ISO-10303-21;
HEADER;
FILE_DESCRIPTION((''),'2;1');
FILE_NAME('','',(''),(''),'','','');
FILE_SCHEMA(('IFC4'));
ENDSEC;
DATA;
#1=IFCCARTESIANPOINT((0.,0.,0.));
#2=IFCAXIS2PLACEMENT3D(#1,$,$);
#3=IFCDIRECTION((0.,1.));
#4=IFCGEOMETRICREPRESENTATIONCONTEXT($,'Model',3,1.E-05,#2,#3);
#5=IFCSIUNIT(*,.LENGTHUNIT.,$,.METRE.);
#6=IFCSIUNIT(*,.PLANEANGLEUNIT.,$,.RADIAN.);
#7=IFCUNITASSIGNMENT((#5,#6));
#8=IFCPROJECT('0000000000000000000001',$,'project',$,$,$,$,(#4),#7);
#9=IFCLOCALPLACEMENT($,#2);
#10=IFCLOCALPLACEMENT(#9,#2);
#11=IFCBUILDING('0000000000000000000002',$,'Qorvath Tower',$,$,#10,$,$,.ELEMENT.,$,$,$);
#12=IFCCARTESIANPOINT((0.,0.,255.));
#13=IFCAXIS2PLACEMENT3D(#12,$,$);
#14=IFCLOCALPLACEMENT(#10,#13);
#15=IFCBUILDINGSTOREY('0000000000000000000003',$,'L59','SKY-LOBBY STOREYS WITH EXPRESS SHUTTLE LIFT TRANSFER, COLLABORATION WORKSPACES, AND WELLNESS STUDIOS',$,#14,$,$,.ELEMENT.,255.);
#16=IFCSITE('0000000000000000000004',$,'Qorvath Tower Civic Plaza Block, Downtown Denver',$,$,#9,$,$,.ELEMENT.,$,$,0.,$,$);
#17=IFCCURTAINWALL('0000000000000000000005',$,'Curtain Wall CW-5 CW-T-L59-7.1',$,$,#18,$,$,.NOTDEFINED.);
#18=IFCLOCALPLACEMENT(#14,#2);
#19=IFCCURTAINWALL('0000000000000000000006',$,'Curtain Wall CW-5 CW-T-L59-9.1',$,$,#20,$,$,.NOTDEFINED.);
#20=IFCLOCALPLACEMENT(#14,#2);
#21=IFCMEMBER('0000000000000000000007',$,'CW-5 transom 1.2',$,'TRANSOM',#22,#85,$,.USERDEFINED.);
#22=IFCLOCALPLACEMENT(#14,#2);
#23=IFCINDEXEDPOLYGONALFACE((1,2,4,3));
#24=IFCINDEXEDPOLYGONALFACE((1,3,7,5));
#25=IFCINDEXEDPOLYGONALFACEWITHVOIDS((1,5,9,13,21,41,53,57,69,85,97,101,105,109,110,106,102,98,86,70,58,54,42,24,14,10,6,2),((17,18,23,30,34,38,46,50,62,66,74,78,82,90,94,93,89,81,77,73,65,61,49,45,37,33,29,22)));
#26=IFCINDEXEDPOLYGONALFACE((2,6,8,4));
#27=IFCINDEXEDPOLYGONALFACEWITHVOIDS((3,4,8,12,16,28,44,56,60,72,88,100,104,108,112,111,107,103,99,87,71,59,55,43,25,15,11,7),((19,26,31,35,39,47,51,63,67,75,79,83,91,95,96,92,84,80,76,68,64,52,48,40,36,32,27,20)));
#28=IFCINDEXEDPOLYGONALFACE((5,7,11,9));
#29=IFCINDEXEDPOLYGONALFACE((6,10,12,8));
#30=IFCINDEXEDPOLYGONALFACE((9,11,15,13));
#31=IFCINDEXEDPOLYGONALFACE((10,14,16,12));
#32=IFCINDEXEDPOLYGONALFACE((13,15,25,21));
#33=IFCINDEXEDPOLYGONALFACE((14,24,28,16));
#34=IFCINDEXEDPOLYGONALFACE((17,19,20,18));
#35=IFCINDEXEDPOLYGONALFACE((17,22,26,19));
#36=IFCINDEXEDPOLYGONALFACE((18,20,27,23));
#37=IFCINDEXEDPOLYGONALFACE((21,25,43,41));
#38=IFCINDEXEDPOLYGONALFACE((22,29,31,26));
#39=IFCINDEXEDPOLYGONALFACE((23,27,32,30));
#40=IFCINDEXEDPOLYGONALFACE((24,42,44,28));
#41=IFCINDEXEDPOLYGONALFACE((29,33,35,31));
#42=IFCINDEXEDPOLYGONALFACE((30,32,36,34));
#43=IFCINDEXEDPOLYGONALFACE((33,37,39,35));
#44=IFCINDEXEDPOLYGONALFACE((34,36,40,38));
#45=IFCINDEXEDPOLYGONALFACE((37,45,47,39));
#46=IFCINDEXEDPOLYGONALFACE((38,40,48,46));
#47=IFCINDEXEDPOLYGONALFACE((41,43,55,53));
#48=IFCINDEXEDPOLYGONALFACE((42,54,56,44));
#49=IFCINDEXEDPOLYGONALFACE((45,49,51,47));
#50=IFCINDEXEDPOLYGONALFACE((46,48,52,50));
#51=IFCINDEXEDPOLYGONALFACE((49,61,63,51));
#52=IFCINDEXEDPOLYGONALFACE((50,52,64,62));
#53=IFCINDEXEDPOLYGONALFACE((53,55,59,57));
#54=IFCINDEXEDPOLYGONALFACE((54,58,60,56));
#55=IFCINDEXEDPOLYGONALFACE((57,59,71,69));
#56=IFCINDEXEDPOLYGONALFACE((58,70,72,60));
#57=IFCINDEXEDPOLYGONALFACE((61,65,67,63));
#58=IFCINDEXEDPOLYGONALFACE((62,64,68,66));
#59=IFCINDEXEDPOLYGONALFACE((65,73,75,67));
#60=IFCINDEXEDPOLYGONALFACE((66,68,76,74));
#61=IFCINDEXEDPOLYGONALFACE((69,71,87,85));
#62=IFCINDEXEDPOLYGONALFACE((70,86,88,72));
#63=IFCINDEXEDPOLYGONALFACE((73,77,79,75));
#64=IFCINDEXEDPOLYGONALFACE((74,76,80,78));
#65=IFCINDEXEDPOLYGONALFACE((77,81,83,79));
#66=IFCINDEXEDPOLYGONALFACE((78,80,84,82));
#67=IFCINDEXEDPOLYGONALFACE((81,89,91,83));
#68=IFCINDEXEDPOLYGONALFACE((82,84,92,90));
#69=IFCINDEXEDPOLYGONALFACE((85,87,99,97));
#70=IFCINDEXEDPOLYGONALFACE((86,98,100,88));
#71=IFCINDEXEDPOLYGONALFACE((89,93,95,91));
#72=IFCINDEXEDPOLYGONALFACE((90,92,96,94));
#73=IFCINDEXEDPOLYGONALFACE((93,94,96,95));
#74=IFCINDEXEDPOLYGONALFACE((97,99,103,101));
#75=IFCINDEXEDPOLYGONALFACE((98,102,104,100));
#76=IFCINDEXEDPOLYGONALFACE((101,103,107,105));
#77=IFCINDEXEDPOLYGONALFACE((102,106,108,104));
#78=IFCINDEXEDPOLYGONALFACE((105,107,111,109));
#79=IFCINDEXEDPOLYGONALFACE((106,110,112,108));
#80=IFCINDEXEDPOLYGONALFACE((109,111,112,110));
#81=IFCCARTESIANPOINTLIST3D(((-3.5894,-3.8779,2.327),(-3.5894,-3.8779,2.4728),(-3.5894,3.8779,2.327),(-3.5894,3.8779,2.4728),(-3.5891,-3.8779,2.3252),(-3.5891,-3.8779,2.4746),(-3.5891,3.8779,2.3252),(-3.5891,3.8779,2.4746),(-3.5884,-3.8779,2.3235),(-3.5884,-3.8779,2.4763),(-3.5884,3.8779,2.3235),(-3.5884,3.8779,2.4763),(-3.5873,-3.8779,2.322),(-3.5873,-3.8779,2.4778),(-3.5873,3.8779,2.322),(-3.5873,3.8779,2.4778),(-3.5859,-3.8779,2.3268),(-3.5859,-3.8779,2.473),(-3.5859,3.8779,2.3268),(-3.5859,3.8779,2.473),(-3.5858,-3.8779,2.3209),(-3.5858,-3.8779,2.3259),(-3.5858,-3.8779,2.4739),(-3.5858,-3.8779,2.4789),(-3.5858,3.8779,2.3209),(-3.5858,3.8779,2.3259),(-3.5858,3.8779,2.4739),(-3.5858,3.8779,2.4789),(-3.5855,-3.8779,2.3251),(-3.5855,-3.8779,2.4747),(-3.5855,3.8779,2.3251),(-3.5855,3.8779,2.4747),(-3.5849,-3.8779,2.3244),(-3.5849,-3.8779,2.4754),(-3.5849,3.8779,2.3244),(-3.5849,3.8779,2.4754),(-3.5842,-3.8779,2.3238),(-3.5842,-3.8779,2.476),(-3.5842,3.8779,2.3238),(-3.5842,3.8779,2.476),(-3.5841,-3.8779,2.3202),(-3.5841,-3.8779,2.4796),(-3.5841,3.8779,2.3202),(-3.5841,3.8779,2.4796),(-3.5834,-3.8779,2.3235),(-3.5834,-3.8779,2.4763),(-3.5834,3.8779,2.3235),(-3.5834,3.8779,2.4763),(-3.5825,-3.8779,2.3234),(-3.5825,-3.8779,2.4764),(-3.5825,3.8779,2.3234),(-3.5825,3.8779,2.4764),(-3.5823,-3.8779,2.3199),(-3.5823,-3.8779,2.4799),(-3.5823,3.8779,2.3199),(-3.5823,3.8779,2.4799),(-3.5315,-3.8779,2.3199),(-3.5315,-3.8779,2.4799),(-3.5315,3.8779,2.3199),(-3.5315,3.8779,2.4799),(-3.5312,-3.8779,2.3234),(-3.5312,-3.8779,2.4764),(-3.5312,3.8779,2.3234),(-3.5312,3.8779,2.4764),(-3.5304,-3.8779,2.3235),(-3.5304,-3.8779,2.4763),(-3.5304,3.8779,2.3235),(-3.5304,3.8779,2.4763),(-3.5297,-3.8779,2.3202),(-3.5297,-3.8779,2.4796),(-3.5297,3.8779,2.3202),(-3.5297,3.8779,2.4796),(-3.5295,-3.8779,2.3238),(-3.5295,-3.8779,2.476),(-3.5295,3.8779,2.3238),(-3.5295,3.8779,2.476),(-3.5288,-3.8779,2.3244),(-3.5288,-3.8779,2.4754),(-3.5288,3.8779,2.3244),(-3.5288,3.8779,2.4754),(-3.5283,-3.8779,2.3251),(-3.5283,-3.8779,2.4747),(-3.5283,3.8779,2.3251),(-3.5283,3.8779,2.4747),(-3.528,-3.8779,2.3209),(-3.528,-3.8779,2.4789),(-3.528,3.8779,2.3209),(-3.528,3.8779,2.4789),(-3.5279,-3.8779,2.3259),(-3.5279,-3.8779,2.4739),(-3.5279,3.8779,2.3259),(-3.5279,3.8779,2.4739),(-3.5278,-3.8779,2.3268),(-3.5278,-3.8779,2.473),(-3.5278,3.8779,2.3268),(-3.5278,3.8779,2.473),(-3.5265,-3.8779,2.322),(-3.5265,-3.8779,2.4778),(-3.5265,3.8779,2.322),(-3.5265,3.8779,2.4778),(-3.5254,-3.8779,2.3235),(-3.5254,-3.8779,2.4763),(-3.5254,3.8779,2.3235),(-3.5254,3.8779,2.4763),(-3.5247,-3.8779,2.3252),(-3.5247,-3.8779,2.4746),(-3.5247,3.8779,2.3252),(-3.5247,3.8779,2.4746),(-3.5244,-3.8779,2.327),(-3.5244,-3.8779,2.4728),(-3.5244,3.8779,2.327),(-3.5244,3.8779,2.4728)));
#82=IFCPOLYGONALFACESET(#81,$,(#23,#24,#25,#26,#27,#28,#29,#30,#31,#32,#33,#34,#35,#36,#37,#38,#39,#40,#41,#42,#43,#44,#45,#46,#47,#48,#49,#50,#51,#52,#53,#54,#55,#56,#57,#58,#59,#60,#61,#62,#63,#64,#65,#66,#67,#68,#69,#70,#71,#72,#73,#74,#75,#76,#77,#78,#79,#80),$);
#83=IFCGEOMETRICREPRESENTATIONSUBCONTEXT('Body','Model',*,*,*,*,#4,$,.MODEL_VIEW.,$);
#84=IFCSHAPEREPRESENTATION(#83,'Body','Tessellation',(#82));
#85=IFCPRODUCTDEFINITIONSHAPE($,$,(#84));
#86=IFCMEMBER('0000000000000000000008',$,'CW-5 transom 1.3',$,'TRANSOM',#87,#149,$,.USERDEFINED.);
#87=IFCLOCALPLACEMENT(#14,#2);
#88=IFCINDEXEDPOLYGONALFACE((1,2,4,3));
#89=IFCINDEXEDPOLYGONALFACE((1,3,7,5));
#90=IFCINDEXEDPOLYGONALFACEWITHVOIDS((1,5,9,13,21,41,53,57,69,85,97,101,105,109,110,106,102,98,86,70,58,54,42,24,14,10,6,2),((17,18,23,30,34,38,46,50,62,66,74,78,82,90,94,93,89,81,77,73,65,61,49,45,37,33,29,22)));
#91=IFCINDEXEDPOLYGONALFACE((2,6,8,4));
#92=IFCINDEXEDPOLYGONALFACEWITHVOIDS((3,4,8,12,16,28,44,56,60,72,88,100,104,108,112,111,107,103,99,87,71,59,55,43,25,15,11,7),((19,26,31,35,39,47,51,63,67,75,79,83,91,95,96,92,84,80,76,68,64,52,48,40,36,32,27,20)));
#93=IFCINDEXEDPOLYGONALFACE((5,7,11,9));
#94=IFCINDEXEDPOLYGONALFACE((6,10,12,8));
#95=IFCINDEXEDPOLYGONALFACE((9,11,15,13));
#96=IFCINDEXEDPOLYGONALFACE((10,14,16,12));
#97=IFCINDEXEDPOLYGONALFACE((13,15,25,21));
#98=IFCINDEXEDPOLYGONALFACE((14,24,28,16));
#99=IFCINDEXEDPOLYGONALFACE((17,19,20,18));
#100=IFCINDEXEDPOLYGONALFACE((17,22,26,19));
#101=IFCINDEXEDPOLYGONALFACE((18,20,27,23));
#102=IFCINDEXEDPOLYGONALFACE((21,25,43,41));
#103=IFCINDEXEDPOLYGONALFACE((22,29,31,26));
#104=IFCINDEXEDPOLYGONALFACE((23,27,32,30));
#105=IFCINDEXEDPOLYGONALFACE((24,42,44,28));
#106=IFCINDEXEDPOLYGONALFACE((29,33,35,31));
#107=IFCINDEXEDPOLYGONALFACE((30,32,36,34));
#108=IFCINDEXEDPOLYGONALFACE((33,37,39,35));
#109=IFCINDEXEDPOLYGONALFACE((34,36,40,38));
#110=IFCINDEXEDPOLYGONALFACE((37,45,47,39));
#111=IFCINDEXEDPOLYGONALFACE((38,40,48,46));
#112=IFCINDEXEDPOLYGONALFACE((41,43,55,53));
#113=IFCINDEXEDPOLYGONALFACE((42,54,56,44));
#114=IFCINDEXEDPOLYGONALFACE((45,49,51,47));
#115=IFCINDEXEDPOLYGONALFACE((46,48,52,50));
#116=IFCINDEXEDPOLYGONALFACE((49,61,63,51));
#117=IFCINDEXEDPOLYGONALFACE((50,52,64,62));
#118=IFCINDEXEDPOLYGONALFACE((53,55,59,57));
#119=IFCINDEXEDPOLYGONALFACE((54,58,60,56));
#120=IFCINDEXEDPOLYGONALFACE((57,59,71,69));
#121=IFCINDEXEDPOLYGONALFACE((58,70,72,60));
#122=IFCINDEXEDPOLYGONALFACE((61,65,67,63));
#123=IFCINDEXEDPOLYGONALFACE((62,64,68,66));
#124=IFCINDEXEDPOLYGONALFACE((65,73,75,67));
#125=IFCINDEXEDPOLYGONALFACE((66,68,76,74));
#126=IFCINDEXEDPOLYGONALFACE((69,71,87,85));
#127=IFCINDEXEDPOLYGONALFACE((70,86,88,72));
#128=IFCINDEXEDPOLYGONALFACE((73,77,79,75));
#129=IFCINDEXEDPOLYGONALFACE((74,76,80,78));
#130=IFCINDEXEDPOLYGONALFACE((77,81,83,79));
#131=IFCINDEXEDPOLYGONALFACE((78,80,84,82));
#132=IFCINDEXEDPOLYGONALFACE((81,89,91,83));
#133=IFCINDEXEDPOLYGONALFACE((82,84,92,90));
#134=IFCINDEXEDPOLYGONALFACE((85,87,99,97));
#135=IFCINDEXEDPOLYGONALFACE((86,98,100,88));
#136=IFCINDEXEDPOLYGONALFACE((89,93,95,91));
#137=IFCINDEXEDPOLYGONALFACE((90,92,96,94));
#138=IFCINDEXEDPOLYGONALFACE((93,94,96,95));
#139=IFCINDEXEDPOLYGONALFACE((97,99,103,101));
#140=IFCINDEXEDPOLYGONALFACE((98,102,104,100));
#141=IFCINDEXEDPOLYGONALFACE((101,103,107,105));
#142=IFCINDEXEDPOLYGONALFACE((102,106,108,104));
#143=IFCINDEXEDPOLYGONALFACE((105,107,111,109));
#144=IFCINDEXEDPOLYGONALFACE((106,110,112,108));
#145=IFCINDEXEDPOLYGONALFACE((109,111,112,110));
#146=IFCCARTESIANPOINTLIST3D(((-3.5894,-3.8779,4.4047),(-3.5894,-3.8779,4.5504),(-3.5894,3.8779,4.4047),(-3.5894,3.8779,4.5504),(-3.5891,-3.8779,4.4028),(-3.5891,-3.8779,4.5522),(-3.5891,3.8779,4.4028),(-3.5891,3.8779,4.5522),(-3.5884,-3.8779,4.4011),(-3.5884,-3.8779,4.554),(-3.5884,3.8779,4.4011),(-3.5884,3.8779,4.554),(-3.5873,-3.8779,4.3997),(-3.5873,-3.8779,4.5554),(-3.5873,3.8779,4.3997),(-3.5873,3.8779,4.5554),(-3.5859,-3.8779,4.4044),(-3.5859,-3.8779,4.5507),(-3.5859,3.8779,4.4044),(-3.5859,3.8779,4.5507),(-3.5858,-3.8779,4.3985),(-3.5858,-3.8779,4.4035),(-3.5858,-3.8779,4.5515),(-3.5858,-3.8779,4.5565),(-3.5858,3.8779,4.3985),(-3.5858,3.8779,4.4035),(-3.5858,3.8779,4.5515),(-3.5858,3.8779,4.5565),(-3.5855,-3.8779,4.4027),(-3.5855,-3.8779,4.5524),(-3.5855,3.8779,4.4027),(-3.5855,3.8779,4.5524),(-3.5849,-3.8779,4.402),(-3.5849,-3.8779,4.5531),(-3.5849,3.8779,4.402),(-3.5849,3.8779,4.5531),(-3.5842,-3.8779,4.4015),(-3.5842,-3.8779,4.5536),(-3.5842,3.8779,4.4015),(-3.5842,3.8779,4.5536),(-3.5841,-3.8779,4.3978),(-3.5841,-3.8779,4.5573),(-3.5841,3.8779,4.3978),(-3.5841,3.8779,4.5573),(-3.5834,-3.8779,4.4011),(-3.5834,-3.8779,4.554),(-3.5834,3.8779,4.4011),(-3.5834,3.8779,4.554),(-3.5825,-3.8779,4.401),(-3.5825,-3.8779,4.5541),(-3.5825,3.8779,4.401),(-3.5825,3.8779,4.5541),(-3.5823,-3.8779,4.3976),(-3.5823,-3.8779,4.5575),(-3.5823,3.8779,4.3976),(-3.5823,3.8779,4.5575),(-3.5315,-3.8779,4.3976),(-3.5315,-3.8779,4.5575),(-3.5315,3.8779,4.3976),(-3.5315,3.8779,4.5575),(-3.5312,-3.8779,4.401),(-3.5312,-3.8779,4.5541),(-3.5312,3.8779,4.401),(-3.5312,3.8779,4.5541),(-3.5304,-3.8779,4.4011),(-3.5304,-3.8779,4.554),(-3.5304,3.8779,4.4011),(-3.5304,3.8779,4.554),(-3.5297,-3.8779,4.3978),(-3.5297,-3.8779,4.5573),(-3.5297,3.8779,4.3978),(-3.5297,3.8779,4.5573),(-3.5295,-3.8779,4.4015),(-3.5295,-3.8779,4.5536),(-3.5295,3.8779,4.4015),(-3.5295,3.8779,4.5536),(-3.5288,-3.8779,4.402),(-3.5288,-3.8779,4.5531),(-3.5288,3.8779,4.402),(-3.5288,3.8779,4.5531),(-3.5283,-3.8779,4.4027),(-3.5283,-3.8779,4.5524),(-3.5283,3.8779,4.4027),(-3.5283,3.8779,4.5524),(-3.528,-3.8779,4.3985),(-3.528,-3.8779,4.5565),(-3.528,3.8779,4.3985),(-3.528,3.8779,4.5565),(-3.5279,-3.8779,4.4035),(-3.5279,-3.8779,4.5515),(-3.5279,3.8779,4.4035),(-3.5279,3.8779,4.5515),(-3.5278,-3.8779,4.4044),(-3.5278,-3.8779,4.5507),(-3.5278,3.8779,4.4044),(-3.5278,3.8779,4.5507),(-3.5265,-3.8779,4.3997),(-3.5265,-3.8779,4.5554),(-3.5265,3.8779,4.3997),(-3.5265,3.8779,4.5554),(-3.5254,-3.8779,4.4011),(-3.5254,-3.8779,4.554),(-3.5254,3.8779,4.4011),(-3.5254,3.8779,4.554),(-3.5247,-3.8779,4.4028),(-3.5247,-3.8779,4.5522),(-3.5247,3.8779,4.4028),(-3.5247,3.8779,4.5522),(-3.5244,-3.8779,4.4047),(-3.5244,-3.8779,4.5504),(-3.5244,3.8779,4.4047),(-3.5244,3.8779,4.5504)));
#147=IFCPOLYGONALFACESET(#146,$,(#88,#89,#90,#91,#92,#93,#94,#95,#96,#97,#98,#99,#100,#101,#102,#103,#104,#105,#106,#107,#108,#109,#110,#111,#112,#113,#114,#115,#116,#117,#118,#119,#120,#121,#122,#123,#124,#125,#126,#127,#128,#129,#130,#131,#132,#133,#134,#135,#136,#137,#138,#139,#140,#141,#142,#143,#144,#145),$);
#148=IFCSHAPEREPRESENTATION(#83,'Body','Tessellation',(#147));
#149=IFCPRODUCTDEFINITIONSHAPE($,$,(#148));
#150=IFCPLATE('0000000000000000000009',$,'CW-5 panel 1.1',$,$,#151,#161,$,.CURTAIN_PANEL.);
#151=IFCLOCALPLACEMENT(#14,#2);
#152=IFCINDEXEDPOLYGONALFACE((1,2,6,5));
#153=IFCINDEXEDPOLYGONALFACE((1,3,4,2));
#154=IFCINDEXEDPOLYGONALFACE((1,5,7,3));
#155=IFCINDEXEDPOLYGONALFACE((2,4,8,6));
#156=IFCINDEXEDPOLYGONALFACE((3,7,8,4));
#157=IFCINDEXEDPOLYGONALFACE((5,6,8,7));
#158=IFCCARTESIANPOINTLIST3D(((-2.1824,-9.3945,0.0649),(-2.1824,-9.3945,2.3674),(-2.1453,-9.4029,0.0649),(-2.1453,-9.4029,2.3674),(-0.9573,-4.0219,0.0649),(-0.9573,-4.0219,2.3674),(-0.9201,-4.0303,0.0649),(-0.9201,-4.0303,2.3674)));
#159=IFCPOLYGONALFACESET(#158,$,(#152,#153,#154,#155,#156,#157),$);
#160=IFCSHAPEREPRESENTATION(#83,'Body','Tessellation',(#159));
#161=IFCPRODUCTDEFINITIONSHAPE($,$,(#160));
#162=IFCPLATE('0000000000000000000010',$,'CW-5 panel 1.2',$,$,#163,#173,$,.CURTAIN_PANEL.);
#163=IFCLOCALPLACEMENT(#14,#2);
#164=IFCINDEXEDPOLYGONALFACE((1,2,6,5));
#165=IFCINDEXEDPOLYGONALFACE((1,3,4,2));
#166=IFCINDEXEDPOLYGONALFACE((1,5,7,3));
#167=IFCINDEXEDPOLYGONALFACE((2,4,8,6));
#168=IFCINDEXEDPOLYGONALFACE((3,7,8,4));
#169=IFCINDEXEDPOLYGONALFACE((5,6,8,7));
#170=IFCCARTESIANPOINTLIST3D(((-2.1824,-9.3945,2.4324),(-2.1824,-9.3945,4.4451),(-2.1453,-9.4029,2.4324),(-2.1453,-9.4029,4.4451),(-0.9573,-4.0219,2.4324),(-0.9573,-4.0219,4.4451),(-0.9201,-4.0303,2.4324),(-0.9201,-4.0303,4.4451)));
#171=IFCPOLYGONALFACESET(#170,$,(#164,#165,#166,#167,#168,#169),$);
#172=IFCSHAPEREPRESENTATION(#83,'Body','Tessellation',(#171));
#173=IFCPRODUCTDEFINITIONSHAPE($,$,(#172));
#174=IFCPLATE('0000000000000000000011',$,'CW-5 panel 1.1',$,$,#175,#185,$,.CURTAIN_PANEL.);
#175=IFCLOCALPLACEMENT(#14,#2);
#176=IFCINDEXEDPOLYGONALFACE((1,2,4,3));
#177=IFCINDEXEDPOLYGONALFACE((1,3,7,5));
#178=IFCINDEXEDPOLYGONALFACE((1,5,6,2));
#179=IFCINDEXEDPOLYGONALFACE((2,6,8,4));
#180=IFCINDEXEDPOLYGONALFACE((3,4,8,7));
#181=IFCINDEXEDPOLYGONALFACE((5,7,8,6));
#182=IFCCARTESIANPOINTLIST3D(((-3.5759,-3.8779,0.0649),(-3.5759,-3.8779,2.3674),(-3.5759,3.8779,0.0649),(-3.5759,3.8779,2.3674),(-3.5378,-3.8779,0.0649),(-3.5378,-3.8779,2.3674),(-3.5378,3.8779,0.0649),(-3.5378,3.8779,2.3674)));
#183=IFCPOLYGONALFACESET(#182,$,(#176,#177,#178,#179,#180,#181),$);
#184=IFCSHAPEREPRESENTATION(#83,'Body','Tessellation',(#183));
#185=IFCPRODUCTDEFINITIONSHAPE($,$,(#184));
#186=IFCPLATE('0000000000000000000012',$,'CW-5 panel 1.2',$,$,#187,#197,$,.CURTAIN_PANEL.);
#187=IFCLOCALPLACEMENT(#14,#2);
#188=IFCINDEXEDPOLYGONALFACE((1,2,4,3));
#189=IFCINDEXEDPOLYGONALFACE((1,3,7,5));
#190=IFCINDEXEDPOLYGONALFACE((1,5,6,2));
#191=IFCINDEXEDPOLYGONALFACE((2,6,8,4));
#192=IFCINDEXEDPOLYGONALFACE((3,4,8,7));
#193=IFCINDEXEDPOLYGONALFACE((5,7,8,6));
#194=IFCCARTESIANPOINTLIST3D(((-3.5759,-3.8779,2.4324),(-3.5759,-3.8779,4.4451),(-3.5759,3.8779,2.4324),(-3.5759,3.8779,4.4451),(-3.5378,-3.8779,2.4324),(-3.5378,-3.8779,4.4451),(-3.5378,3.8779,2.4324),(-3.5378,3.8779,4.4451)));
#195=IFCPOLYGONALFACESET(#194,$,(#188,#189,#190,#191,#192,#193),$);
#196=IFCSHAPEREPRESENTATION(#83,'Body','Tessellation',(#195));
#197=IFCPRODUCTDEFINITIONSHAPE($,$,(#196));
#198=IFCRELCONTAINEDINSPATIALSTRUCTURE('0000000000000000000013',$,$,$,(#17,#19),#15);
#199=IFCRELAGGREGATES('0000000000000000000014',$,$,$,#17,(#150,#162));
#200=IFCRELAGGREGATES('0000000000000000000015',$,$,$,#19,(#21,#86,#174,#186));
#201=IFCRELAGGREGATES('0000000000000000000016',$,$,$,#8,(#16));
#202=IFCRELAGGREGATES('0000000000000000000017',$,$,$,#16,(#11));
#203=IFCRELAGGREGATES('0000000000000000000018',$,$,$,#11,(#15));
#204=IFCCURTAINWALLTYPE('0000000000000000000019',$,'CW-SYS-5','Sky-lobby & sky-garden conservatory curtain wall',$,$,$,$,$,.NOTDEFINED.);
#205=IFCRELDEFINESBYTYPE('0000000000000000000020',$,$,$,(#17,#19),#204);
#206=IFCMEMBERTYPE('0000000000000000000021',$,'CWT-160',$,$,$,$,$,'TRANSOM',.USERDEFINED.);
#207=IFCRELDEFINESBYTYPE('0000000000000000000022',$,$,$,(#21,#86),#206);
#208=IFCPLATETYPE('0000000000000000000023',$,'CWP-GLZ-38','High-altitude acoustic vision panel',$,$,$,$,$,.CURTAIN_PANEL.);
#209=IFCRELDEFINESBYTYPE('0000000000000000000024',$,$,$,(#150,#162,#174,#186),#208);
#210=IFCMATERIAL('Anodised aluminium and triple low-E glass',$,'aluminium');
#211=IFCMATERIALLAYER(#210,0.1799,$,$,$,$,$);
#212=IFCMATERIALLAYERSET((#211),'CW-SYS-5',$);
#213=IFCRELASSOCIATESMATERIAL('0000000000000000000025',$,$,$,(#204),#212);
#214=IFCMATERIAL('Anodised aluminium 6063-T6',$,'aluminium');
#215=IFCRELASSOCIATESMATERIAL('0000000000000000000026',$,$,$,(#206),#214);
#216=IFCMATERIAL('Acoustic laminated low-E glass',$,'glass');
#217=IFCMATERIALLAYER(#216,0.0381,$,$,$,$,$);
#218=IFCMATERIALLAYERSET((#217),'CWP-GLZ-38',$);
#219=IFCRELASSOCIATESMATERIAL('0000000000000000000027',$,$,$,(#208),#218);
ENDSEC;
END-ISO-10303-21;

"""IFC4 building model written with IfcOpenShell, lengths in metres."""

from ifc_helpers import new_model, si_unit, direction, frame, origin, origin_2d, place, context, subcontext, project, spatial, rectangle, hollow_rectangle, extrude, material, layer, layer_set, material_profile, profile_set, type_object, element, aggregate, save


model = new_model("IFC4")

# Units and contexts
model_context = context("Model", 3, precision=1e-05, world=origin(), true_north=direction((0.0, 1.0)))
body_context = subcontext(model_context, "Body", "Model", "MODEL_VIEW")
ifc_project = project(units=[si_unit("LENGTHUNIT", "METRE"), si_unit("PLANEANGLEUNIT", "RADIAN")], contexts=[model_context])

# Site, building, storey
site_placement = place(None, origin())
site = spatial("IfcSite", under=ifc_project, at=site_placement, Name="Qorvath Tower Civic Plaza Block, Downtown Denver", CompositionType="ELEMENT", RefElevation=0.0)
building_placement = place(site_placement, origin())
building = spatial("IfcBuilding", under=site, at=building_placement, Name="Qorvath Tower", CompositionType="ELEMENT")
storey_placement = place(building_placement, frame((0.0, 0.0, 255.0)))
storey = spatial("IfcBuildingStorey", under=building, at=storey_placement, Name="L59", Description="SKY-LOBBY STOREYS WITH EXPRESS SHUTTLE LIFT TRANSFER, COLLABORATION WORKSPACES, AND WELLNESS STUDIOS", CompositionType="ELEMENT", Elevation=255.0)

# Curtain wall
ifc_material_1 = material(Name="Anodised aluminium and triple low-E glass", Category="aluminium")
ifc_layer_1 = layer(ifc_material_1, 0.1799)
ifc_layer_set_1 = layer_set([ifc_layer_1], Name="CW-SYS-5")
curtain_wall_type = type_object("IfcCurtainWallType", Name="CW-SYS-5", Description="Sky-lobby & sky-garden conservatory curtain wall", PredefinedType="NOTDEFINED", material=ifc_layer_set_1)
curtain_wall_1_placement = place(storey_placement, origin())
curtain_wall_1 = element("IfcCurtainWall", 1, at=curtain_wall_1_placement, inside=storey, type_object=curtain_wall_type, Name="Curtain Wall CW-5 CW-T-L59-7.1", PredefinedType="NOTDEFINED")

# Curtain wall, members
curtain_wall_2_placement = place(storey_placement, origin())
curtain_wall_2 = element("IfcCurtainWall", 2, at=curtain_wall_2_placement, inside=storey, type_object=curtain_wall_type, Name="Curtain Wall CW-5 CW-T-L59-9.1", PredefinedType="NOTDEFINED")
ifc_material_2 = material(Name="Anodised aluminium 6063-T6", Category="aluminium")
ifc_material_profile_1 = material_profile(ifc_material_2, hollow_rectangle(XDim=0.0649, YDim=0.1599, WallThickness=0.0034, InnerFilletRadius=0.0034, OuterFilletRadius=0.0071, at=origin_2d()), Name="CWT 160x65")
ifc_profile_set_1 = profile_set([ifc_material_profile_1], Name="Anodised aluminium 6063-T6")
member_type_1 = type_object("IfcMemberType", Name="CWT-160", ElementType="TRANSOM", PredefinedType="USERDEFINED", material=ifc_profile_set_1)
member_1_placement = place(storey_placement, frame((-3.5569, -3.8779, 2.3999), z_axis=(0.0, 1.0, 0.0), x_axis=(-1.0, 0.0, 0.0)))
member_1 = element("IfcMember", 3, at=member_1_placement, type_object=member_type_1, Name="CW-5 transom 1.2", ObjectType="TRANSOM", PredefinedType="USERDEFINED", context=body_context, shape_type="SweptSolid", body=[
    extrude(hollow_rectangle(XDim=0.0649, YDim=0.1599, WallThickness=0.0034, InnerFilletRadius=0.0034, OuterFilletRadius=0.0071, at=origin_2d()), origin(), (0.0, 0.0, 1.0), 7.7559),
])
member_2_placement = place(storey_placement, frame((-3.5569, -3.8779, 4.4775), z_axis=(0.0, 1.0, 0.0), x_axis=(-1.0, 0.0, 0.0)))
member_2 = element("IfcMember", 4, at=member_2_placement, type_object=member_type_1, Name="CW-5 transom 1.3", ObjectType="TRANSOM", PredefinedType="USERDEFINED", context=body_context, shape_type="SweptSolid", body=[
    extrude(hollow_rectangle(XDim=0.0649, YDim=0.1599, WallThickness=0.0034, InnerFilletRadius=0.0034, OuterFilletRadius=0.0071, at=origin_2d()), origin(), (0.0, 0.0, 1.0), 7.7559),
])

# Plates
ifc_material_3 = material(Name="Acoustic laminated low-E glass", Category="glass")
ifc_layer_2 = layer(ifc_material_3, 0.0381)
ifc_layer_set_2 = layer_set([ifc_layer_2], Name="CWP-GLZ-38")
plate_type = type_object("IfcPlateType", Name="CWP-GLZ-38", Description="High-altitude acoustic vision panel", PredefinedType="CURTAIN_PANEL", material=ifc_layer_set_2)
plate_1_placement = place(storey_placement, frame((-1.5513, -6.7124, 0.0649), z_axis=(0.0, 0.0, 1.0), x_axis=(0.222331, 0.974971, 0.0)))
plate_1 = element("IfcPlate", 5, at=plate_1_placement, type_object=plate_type, Name="CW-5 panel 1.1", PredefinedType="CURTAIN_PANEL", context=body_context, shape_type="SweptSolid", body=[
    extrude(rectangle(XDim=5.5105, YDim=0.0381, at=origin_2d()), origin(), (0.0, 0.0, 1.0), 2.3025),
])
plate_2_placement = place(storey_placement, frame((-1.5513, -6.7124, 2.4324), z_axis=(0.0, 0.0, 1.0), x_axis=(0.222331, 0.974971, 0.0)))
plate_2 = element("IfcPlate", 6, at=plate_2_placement, type_object=plate_type, Name="CW-5 panel 1.2", PredefinedType="CURTAIN_PANEL", context=body_context, shape_type="SweptSolid", body=[
    extrude(rectangle(XDim=5.5105, YDim=0.0381, at=origin_2d()), origin(), (0.0, 0.0, 1.0), 2.0127),
])
aggregate(curtain_wall_1, [plate_1, plate_2])
plate_3_placement = place(storey_placement, frame((-3.5569, 0.0, 0.0649), z_axis=(0.0, 0.0, 1.0), x_axis=(0.0, 1.0, 0.0)))
plate_3 = element("IfcPlate", 7, at=plate_3_placement, type_object=plate_type, Name="CW-5 panel 1.1", PredefinedType="CURTAIN_PANEL", context=body_context, shape_type="SweptSolid", body=[
    extrude(rectangle(XDim=7.7559, YDim=0.0381, at=origin_2d()), origin(), (0.0, 0.0, 1.0), 2.3025),
])
plate_4_placement = place(storey_placement, frame((-3.5569, 0.0, 2.4324), z_axis=(0.0, 0.0, 1.0), x_axis=(0.0, 1.0, 0.0)))
plate_4 = element("IfcPlate", 8, at=plate_4_placement, type_object=plate_type, Name="CW-5 panel 1.2", PredefinedType="CURTAIN_PANEL", context=body_context, shape_type="SweptSolid", body=[
    extrude(rectangle(XDim=7.7559, YDim=0.0381, at=origin_2d()), origin(), (0.0, 0.0, 1.0), 2.0127),
])
aggregate(curtain_wall_2, [member_1, member_2, plate_3, plate_4])

save(model, "model.ifc")
